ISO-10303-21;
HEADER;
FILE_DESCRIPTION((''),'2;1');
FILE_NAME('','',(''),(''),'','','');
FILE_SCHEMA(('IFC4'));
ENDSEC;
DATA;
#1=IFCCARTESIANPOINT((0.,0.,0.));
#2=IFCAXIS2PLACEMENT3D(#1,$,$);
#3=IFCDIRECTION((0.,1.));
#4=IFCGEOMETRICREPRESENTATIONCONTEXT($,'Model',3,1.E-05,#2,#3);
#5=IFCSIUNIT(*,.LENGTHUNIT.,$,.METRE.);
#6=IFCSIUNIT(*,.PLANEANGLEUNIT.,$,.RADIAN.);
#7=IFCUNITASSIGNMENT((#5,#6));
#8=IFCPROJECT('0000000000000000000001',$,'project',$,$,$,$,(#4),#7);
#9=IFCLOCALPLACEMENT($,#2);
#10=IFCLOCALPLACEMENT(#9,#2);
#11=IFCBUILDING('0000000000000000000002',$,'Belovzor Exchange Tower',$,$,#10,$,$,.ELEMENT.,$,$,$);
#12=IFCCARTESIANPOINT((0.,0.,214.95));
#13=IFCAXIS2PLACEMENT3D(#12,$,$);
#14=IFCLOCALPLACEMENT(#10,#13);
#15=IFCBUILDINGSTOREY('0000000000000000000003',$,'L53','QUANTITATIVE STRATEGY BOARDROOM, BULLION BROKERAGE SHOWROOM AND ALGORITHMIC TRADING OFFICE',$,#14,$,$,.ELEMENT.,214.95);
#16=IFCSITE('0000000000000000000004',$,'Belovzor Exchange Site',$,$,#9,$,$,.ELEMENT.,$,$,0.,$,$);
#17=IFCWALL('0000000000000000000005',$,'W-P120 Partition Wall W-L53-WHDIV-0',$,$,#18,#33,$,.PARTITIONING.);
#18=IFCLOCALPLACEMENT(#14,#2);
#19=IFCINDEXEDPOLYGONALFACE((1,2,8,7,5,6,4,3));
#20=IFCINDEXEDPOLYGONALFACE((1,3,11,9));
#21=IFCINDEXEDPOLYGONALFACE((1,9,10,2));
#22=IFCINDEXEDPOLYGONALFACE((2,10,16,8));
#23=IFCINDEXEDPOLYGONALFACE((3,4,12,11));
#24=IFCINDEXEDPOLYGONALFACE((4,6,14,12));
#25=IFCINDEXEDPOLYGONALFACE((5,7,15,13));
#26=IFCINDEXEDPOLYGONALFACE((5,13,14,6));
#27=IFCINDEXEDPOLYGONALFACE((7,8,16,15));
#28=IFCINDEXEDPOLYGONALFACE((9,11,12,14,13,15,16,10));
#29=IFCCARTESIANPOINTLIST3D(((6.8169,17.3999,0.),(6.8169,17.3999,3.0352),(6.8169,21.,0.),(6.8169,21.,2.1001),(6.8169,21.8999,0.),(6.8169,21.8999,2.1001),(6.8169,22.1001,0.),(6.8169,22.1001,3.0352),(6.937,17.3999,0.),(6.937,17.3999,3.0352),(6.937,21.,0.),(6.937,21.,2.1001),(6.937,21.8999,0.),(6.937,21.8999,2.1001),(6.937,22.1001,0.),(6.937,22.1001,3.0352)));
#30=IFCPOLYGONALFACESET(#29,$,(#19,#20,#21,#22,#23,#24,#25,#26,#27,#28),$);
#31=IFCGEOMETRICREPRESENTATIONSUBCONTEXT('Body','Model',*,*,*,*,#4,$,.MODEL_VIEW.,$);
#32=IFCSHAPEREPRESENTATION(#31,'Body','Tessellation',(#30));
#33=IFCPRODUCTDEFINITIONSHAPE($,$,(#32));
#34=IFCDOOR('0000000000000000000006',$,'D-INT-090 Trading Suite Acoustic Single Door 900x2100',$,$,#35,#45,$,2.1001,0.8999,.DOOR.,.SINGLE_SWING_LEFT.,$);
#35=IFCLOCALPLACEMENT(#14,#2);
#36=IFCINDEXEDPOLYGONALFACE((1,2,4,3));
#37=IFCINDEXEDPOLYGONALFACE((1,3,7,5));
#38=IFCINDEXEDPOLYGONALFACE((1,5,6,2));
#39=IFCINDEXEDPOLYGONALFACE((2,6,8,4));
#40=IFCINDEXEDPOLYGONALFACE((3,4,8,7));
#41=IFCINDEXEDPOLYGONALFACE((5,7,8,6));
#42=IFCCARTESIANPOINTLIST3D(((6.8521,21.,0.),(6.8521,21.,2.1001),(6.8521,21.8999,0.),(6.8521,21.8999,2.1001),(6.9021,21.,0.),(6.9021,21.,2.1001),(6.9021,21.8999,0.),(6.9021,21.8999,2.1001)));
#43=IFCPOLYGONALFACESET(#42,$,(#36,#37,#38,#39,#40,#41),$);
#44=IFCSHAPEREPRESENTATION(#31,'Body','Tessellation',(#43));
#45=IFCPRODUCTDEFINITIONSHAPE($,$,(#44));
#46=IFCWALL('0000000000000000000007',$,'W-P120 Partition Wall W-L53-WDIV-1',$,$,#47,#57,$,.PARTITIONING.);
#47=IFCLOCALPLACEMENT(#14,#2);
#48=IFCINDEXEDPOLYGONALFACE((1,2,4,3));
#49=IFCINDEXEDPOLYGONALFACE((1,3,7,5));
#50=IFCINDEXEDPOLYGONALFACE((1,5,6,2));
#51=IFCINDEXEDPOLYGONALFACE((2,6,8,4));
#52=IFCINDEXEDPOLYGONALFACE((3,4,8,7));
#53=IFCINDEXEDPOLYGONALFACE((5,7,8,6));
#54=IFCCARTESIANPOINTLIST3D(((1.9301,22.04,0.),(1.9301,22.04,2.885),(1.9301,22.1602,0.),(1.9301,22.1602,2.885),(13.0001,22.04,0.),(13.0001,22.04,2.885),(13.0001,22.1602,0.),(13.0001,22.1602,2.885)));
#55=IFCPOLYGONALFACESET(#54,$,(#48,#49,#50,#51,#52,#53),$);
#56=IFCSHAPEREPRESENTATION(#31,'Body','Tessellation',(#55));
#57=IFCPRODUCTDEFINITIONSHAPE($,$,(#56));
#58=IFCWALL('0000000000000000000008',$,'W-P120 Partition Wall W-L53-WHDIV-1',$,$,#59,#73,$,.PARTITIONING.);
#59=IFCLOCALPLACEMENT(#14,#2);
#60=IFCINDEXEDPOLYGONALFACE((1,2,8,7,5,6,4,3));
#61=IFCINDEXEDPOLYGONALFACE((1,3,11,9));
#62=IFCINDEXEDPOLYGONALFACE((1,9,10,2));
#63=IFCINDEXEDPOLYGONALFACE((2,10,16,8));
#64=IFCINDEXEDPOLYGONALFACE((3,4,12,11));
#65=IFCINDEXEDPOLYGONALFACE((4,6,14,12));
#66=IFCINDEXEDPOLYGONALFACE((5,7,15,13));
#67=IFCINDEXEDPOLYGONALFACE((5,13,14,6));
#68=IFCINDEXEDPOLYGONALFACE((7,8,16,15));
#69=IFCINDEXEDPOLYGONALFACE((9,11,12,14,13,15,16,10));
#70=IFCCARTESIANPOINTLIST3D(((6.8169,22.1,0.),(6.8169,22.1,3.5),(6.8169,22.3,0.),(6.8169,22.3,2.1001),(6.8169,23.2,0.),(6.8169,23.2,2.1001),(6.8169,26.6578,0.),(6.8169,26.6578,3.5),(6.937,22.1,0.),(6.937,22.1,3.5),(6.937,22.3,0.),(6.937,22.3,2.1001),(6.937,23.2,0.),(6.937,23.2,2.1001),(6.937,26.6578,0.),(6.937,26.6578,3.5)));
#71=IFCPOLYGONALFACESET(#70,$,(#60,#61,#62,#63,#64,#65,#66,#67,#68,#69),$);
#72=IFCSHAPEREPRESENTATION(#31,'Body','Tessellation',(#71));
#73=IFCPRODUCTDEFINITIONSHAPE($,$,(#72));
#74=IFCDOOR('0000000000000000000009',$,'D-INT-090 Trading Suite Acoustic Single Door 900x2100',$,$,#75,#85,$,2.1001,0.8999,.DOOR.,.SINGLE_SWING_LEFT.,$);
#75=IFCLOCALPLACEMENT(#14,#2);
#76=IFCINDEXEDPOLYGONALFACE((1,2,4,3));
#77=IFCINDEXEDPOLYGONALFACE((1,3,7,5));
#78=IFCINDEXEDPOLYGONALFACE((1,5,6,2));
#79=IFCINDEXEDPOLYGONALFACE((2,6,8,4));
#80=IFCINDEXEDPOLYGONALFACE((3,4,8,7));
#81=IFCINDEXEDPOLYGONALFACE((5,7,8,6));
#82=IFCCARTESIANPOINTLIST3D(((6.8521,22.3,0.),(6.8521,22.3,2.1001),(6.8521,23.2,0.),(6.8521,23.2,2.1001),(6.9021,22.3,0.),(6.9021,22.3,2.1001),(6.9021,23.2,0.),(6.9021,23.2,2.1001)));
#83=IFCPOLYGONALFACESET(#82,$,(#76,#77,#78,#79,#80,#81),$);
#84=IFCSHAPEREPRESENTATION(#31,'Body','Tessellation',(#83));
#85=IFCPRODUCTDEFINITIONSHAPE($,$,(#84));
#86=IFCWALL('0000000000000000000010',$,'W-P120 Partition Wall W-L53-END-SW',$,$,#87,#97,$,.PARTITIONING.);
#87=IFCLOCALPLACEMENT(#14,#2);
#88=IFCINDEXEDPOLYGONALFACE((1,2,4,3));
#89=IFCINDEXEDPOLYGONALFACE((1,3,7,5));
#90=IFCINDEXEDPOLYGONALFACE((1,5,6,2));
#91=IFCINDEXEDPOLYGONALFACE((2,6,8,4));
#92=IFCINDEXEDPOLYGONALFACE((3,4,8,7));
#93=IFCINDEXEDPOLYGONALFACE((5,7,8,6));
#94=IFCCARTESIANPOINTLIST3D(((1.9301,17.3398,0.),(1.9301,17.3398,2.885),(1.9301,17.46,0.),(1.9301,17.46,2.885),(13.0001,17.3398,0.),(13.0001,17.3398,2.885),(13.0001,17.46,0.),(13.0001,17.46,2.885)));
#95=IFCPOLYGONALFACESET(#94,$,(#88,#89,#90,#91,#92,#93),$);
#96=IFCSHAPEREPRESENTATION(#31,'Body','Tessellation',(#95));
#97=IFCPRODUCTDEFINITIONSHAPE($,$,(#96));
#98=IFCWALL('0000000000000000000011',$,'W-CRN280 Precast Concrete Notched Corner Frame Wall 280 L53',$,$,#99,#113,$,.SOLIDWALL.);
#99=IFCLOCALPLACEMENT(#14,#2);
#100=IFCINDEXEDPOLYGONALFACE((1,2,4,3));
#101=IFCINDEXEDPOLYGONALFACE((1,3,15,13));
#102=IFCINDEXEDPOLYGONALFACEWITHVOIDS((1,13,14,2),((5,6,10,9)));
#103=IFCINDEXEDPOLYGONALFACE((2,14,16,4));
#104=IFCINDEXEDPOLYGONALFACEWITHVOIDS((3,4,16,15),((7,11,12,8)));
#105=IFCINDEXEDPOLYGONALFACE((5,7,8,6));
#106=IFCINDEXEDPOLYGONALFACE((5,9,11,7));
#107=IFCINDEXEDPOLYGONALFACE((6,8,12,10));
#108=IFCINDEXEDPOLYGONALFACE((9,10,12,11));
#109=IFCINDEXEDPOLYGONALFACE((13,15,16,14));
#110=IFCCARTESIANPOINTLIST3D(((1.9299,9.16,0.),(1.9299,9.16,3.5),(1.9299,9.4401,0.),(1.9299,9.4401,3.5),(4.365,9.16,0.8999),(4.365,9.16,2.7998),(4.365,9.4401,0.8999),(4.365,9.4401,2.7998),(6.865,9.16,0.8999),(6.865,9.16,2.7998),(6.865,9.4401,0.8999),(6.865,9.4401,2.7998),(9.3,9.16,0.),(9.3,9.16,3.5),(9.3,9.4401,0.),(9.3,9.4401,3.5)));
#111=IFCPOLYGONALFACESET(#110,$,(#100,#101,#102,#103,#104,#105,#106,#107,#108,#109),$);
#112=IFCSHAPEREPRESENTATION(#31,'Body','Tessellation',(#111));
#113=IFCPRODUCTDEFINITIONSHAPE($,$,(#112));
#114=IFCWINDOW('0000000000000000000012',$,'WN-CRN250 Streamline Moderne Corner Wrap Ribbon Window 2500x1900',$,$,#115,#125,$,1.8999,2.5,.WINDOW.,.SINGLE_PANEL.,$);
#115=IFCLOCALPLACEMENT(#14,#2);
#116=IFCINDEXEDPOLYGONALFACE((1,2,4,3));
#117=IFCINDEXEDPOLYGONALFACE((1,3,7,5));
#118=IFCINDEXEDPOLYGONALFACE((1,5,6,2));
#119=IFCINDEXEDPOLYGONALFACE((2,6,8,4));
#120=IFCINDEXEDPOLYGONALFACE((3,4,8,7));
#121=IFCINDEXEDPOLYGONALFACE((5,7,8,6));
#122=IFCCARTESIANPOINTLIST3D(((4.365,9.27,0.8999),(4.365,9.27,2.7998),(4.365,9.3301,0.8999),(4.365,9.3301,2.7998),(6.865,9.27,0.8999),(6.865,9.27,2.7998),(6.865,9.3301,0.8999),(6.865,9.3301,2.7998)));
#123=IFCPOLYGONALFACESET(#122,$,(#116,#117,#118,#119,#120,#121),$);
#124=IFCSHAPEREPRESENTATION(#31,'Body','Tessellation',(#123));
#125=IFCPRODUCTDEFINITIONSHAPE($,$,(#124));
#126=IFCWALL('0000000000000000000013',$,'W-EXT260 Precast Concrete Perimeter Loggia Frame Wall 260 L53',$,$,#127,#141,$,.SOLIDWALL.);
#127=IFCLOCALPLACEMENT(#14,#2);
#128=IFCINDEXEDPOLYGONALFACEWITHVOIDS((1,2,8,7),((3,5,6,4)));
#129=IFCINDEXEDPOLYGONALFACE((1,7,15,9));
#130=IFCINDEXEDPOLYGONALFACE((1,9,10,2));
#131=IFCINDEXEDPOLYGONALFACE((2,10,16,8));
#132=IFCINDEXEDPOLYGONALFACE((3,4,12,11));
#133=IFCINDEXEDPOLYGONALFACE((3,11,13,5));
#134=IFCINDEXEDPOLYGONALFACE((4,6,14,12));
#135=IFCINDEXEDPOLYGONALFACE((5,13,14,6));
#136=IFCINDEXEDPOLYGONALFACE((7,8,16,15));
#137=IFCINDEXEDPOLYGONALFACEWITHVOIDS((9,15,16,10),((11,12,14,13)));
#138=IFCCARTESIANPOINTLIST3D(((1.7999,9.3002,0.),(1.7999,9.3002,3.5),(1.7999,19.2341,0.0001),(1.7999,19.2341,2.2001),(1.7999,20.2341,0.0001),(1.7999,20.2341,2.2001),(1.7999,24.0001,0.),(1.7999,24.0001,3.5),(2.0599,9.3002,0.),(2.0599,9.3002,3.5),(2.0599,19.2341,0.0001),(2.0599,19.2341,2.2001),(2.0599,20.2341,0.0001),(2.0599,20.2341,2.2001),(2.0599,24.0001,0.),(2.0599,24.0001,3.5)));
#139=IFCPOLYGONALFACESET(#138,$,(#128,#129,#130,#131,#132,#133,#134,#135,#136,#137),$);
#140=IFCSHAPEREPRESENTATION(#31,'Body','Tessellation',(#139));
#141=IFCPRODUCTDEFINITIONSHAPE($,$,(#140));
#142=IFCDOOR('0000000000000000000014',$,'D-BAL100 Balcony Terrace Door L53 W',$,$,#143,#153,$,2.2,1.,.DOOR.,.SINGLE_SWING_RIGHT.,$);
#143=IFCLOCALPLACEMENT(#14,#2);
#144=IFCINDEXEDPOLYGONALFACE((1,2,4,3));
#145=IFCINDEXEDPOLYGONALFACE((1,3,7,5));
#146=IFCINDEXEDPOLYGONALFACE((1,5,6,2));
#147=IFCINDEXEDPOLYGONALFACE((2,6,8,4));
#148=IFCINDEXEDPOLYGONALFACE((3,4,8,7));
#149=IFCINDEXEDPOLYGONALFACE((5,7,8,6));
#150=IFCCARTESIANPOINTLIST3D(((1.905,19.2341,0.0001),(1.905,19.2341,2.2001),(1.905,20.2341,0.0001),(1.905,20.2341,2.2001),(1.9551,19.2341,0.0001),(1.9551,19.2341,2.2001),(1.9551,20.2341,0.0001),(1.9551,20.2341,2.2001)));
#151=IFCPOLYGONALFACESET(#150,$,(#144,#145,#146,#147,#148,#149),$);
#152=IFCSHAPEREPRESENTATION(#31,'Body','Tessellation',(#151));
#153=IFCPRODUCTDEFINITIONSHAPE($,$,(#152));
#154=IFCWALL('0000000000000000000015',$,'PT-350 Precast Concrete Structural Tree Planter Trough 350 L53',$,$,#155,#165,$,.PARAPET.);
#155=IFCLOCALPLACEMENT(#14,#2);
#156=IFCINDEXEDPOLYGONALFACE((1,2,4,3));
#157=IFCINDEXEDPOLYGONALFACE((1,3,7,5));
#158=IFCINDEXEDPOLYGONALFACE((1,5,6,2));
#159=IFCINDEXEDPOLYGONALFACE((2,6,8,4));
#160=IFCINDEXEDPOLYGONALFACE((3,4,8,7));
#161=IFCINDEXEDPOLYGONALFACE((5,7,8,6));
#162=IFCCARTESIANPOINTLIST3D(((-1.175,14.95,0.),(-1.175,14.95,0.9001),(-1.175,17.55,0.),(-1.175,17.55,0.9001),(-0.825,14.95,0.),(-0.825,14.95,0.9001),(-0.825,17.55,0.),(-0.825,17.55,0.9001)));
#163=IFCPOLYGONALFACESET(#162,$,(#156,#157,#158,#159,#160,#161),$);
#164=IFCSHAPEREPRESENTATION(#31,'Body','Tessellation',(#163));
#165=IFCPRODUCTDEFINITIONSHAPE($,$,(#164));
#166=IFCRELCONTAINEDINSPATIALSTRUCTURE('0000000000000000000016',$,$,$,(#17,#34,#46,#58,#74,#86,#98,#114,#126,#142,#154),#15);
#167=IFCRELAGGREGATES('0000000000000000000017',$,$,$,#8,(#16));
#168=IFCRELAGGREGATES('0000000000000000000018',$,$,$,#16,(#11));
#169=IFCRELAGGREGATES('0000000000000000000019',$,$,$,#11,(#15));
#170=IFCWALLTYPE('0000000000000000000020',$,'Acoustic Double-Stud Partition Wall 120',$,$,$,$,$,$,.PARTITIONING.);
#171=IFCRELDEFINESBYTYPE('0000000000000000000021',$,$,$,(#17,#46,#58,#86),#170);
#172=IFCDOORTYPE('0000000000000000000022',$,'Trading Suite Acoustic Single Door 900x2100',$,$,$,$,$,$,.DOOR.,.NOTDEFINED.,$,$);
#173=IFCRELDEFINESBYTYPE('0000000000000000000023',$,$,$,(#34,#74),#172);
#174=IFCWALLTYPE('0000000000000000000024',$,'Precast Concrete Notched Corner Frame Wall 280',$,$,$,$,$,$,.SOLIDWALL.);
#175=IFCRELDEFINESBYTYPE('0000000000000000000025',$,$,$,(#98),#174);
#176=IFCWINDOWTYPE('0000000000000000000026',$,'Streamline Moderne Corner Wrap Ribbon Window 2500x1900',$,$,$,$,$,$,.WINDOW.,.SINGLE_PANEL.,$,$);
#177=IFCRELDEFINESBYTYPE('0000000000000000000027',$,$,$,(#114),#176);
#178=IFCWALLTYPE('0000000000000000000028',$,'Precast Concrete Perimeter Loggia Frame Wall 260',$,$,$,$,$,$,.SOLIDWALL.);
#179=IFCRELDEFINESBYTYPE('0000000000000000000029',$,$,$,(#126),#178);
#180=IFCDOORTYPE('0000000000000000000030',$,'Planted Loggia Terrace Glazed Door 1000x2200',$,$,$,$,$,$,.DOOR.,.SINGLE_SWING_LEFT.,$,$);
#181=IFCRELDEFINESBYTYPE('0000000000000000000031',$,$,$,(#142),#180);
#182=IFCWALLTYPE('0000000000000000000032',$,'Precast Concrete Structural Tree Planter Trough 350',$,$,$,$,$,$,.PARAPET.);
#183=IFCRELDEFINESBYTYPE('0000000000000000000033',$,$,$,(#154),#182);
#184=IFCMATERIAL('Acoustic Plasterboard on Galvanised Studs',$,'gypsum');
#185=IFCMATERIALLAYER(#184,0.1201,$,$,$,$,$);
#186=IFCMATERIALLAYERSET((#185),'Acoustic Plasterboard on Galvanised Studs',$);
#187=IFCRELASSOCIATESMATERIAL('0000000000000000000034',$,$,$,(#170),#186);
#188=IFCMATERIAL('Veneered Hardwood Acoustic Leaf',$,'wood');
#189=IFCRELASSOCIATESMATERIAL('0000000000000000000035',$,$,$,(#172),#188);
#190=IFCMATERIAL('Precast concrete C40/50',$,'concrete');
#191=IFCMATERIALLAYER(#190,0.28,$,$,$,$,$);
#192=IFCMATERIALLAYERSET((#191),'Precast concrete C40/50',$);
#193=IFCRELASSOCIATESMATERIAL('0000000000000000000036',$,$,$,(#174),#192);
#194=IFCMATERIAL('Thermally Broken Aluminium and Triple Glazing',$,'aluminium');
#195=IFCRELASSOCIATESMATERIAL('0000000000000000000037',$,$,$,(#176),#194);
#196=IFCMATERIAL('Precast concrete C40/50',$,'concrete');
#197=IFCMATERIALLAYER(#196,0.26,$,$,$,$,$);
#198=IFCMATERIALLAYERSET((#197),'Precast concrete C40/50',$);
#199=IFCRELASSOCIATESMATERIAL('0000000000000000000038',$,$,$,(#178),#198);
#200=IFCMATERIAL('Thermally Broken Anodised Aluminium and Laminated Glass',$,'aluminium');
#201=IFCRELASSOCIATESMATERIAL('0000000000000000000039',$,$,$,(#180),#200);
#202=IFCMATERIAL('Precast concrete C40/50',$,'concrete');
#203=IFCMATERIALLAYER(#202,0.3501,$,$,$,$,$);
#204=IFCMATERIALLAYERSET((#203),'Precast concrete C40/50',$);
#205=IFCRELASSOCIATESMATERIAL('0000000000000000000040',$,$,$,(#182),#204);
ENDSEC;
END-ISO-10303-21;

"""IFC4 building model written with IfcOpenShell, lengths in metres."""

from ifc_helpers import new_model, si_unit, direction, frame, frame_2d, origin, place, context, subcontext, project, spatial, rectangle, extrude, material, layer, layer_set, type_object, element, fill, save


model = new_model("IFC4")

# Units and contexts
model_context = context("Model", 3, precision=1e-05, world=origin(), true_north=direction((0.0, 1.0)))
body_context = subcontext(model_context, "Body", "Model", "MODEL_VIEW")
ifc_project = project(units=[si_unit("LENGTHUNIT", "METRE"), si_unit("PLANEANGLEUNIT", "RADIAN")], contexts=[model_context])

# Site, building, storey
site_placement = place(None, origin())
site = spatial("IfcSite", under=ifc_project, at=site_placement, Name="Belovzor Exchange Site", CompositionType="ELEMENT", RefElevation=0.0)
building_placement = place(site_placement, origin())
building = spatial("IfcBuilding", under=site, at=building_placement, Name="Belovzor Exchange Tower", CompositionType="ELEMENT")
storey_placement = place(building_placement, frame((0.0, 0.0, 214.95)))
storey = spatial("IfcBuildingStorey", under=building, at=storey_placement, Name="L53", Description="QUANTITATIVE STRATEGY BOARDROOM, BULLION BROKERAGE SHOWROOM AND ALGORITHMIC TRADING OFFICE", CompositionType="ELEMENT", Elevation=214.95)

# Wall, opening, door
ifc_material_1 = material(Name="Acoustic Plasterboard on Galvanised Studs", Category="gypsum")
ifc_layer_1 = layer(ifc_material_1, 0.1201)
ifc_layer_set_1 = layer_set([ifc_layer_1], Name="Acoustic Plasterboard on Galvanised Studs")
wall_type_1 = type_object("IfcWallType", Name="Acoustic Double-Stud Partition Wall 120", PredefinedType="PARTITIONING", material=ifc_layer_set_1)
wall_1_placement = place(storey_placement, frame((6.877, 17.3999, 0.0), z_axis=(0.0, 0.0, 1.0), x_axis=(0.0, 1.0, 0.0)))
wall_1 = element("IfcWall", 1, at=wall_1_placement, inside=storey, type_object=wall_type_1, Name="W-P120 Partition Wall W-L53-WHDIV-0", PredefinedType="PARTITIONING", context=body_context, shape_type="SweptSolid", body=[
    extrude(rectangle(XDim=4.7002, YDim=0.1201, at=frame_2d((2.3501, 0.0))), origin(), (0.0, 0.0, 1.0), 3.0352),
])
opening_1_placement = place(wall_1_placement, frame((3.6001, 0.0, 0.0)))
opening_1 = element("IfcOpeningElement", 2, at=opening_1_placement, cuts=wall_1, PredefinedType="OPENING", context=body_context, shape_type="SweptSolid", body=[
    extrude(rectangle(XDim=0.8999, YDim=2.1001, at=frame_2d((0.45, 1.05))), frame((0.0, 0.0701, 0.0), z_axis=(0.0, -1.0, 0.0), x_axis=(1.0, 0.0, 0.0)), (0.0, 0.0, 1.0), 0.1401),
])
ifc_material_2 = material(Name="Veneered Hardwood Acoustic Leaf", Category="wood")
door_type_1 = type_object("IfcDoorType", Name="Trading Suite Acoustic Single Door 900x2100", OperationType="NOTDEFINED", PredefinedType="DOOR", material=ifc_material_2)
door_1_placement = place(opening_1_placement, origin())
door_1 = element("IfcDoor", 3, at=door_1_placement, inside=storey, type_object=door_type_1, Name="D-INT-090 Trading Suite Acoustic Single Door 900x2100", OperationType="SINGLE_SWING_LEFT", OverallHeight=2.1001, OverallWidth=0.8999, PredefinedType="DOOR", context=body_context, shape_type="SweptSolid", body=[
    extrude(rectangle(XDim=0.8999, YDim=2.1001, at=frame_2d((0.45, 1.05))), frame((0.0, 0.0249, 0.0), z_axis=(0.0, -1.0, 0.0), x_axis=(1.0, 0.0, 0.0)), (0.0, 0.0, 1.0), 0.05),
])
fill(opening_1, door_1)

# Wall
wall_2_placement = place(storey_placement, frame((1.9299, 22.1001, 0.0), z_axis=(0.0, 0.0, 1.0), x_axis=(1.0, 0.0, 0.0)))
element("IfcWall", 4, at=wall_2_placement, inside=storey, type_object=wall_type_1, Name="W-P120 Partition Wall W-L53-WDIV-1", PredefinedType="PARTITIONING", context=body_context, shape_type="SweptSolid", body=[
    extrude(rectangle(XDim=11.0701, YDim=0.1201, at=frame_2d((5.5352, 0.0))), origin(), (0.0, 0.0, 1.0), 2.885),
])

# Wall, opening, door
wall_3_placement = place(storey_placement, frame((6.877, 22.1001, 0.0), z_axis=(0.0, 0.0, 1.0), x_axis=(0.0, 1.0, 0.0)))
wall_3 = element("IfcWall", 5, at=wall_3_placement, inside=storey, type_object=wall_type_1, Name="W-P120 Partition Wall W-L53-WHDIV-1", PredefinedType="PARTITIONING", context=body_context, shape_type="SweptSolid", body=[
    extrude(rectangle(XDim=4.5579, YDim=0.1201, at=frame_2d((2.2788, 0.0))), origin(), (0.0, 0.0, 1.0), 3.5),
])
opening_2_placement = place(wall_3_placement, frame((0.2, 0.0, 0.0)))
opening_2 = element("IfcOpeningElement", 6, at=opening_2_placement, cuts=wall_3, PredefinedType="OPENING", context=body_context, shape_type="SweptSolid", body=[
    extrude(rectangle(XDim=0.8999, YDim=2.1001, at=frame_2d((0.45, 1.05))), frame((0.0, 0.0701, 0.0), z_axis=(0.0, -1.0, 0.0), x_axis=(1.0, 0.0, 0.0)), (0.0, 0.0, 1.0), 0.1401),
])
door_2_placement = place(opening_2_placement, origin())
door_2 = element("IfcDoor", 7, at=door_2_placement, inside=storey, type_object=door_type_1, Name="D-INT-090 Trading Suite Acoustic Single Door 900x2100", OperationType="SINGLE_SWING_LEFT", OverallHeight=2.1001, OverallWidth=0.8999, PredefinedType="DOOR", context=body_context, shape_type="SweptSolid", body=[
    extrude(rectangle(XDim=0.8999, YDim=2.1001, at=frame_2d((0.45, 1.05))), frame((0.0, 0.0249, 0.0), z_axis=(0.0, -1.0, 0.0), x_axis=(1.0, 0.0, 0.0)), (0.0, 0.0, 1.0), 0.05),
])
fill(opening_2, door_2)

# Wall
wall_4_placement = place(storey_placement, frame((1.9299, 17.3999, 0.0), z_axis=(0.0, 0.0, 1.0), x_axis=(1.0, 0.0, 0.0)))
element("IfcWall", 8, at=wall_4_placement, inside=storey, type_object=wall_type_1, Name="W-P120 Partition Wall W-L53-END-SW", PredefinedType="PARTITIONING", context=body_context, shape_type="SweptSolid", body=[
    extrude(rectangle(XDim=11.0701, YDim=0.1201, at=frame_2d((5.5352, 0.0))), origin(), (0.0, 0.0, 1.0), 2.885),
])

# Wall, opening, window
ifc_material_3 = material(Name="Precast concrete C40/50", Category="concrete")
ifc_layer_2 = layer(ifc_material_3, 0.28)
ifc_layer_set_2 = layer_set([ifc_layer_2], Name="Precast concrete C40/50")
wall_type_2 = type_object("IfcWallType", Name="Precast Concrete Notched Corner Frame Wall 280", PredefinedType="SOLIDWALL", material=ifc_layer_set_2)
wall_5_placement = place(storey_placement, frame((9.3, 9.3, 0.0), z_axis=(0.0, 0.0, 1.0), x_axis=(-1.0, 0.0, 0.0)))
wall_5 = element("IfcWall", 9, at=wall_5_placement, inside=storey, type_object=wall_type_2, Name="W-CRN280 Precast Concrete Notched Corner Frame Wall 280 L53", PredefinedType="SOLIDWALL", context=body_context, shape_type="SweptSolid", body=[
    extrude(rectangle(XDim=7.3701, YDim=0.28, at=frame_2d((3.6851, 0.0))), origin(), (0.0, 0.0, 1.0), 3.5),
])
opening_3_placement = place(wall_5_placement, frame((2.4351, 0.0, 0.8999)))
opening_3 = element("IfcOpeningElement", 10, at=opening_3_placement, cuts=wall_5, PredefinedType="OPENING", context=body_context, shape_type="SweptSolid", body=[
    extrude(rectangle(XDim=2.5, YDim=1.8999, at=frame_2d((1.25, 0.95))), frame((0.0, 0.1499, 0.0), z_axis=(0.0, -1.0, 0.0), x_axis=(1.0, 0.0, 0.0)), (0.0, 0.0, 1.0), 0.3),
])
ifc_material_4 = material(Name="Thermally Broken Aluminium and Triple Glazing", Category="aluminium")
window_type = type_object("IfcWindowType", Name="Streamline Moderne Corner Wrap Ribbon Window 2500x1900", PartitioningType="SINGLE_PANEL", PredefinedType="WINDOW", material=ifc_material_4)
window_placement = place(opening_3_placement, origin())
window = element("IfcWindow", 11, at=window_placement, inside=storey, type_object=window_type, Name="WN-CRN250 Streamline Moderne Corner Wrap Ribbon Window 2500x1900", OverallHeight=1.8999, OverallWidth=2.5, PartitioningType="SINGLE_PANEL", PredefinedType="WINDOW", context=body_context, shape_type="SweptSolid", body=[
    extrude(rectangle(XDim=2.5, YDim=1.8999, at=frame_2d((1.25, 0.95))), frame((0.0, 0.03, 0.0), z_axis=(0.0, -1.0, 0.0), x_axis=(1.0, 0.0, 0.0)), (0.0, 0.0, 1.0), 0.0601),
])
fill(opening_3, window)

# Wall, opening, door
ifc_material_5 = material(Name="Precast concrete C40/50", Category="concrete")
ifc_layer_3 = layer(ifc_material_5, 0.26)
ifc_layer_set_3 = layer_set([ifc_layer_3], Name="Precast concrete C40/50")
wall_type_3 = type_object("IfcWallType", Name="Precast Concrete Perimeter Loggia Frame Wall 260", PredefinedType="SOLIDWALL", material=ifc_layer_set_3)
wall_6_placement = place(storey_placement, frame((1.9299, 9.3, 0.0), z_axis=(0.0, 0.0, 1.0), x_axis=(0.0, 1.0, 0.0)))
wall_6 = element("IfcWall", 12, at=wall_6_placement, inside=storey, type_object=wall_type_3, Name="W-EXT260 Precast Concrete Perimeter Loggia Frame Wall 260 L53", PredefinedType="SOLIDWALL", context=body_context, shape_type="SweptSolid", body=[
    extrude(rectangle(XDim=14.7, YDim=0.26, at=frame_2d((7.3501, 0.0))), origin(), (0.0, 0.0, 1.0), 3.5),
])
opening_4_placement = place(wall_6_placement, frame((9.9341, 0.0, 0.0)))
opening_4 = element("IfcOpeningElement", 13, at=opening_4_placement, cuts=wall_6, PredefinedType="OPENING", context=body_context, shape_type="SweptSolid", body=[
    extrude(rectangle(XDim=1.0, YDim=2.2, at=frame_2d((0.5, 1.1001))), frame((0.0, 0.1399, 0.0), z_axis=(0.0, -1.0, 0.0), x_axis=(1.0, 0.0, 0.0)), (0.0, 0.0, 1.0), 0.28),
])
ifc_material_6 = material(Name="Thermally Broken Anodised Aluminium and Laminated Glass", Category="aluminium")
door_type_2 = type_object("IfcDoorType", Name="Planted Loggia Terrace Glazed Door 1000x2200", OperationType="SINGLE_SWING_LEFT", PredefinedType="DOOR", material=ifc_material_6)
door_3_placement = place(opening_4_placement, origin())
door_3 = element("IfcDoor", 14, at=door_3_placement, inside=storey, type_object=door_type_2, Name="D-BAL100 Balcony Terrace Door L53 W", OperationType="SINGLE_SWING_RIGHT", OverallHeight=2.2, OverallWidth=1.0, PredefinedType="DOOR", context=body_context, shape_type="SweptSolid", body=[
    extrude(rectangle(XDim=1.0, YDim=2.2, at=frame_2d((0.5, 1.1001))), frame((0.0, 0.0249, 0.0), z_axis=(0.0, -1.0, 0.0), x_axis=(1.0, 0.0, 0.0)), (0.0, 0.0, 1.0), 0.05),
])
fill(opening_4, door_3)

# Wall
ifc_material_7 = material(Name="Precast concrete C40/50", Category="concrete")
ifc_layer_4 = layer(ifc_material_7, 0.3501)
ifc_layer_set_4 = layer_set([ifc_layer_4], Name="Precast concrete C40/50")
wall_type_4 = type_object("IfcWallType", Name="Precast Concrete Structural Tree Planter Trough 350", PredefinedType="PARAPET", material=ifc_layer_set_4)
wall_7_placement = place(storey_placement, frame((-1.0, 14.95, 0.0), z_axis=(0.0, 0.0, 1.0), x_axis=(0.0, 1.0, 0.0)))
element("IfcWall", 15, at=wall_7_placement, inside=storey, type_object=wall_type_4, Name="PT-350 Precast Concrete Structural Tree Planter Trough 350 L53", PredefinedType="PARAPET", context=body_context, shape_type="SweptSolid", body=[
    extrude(rectangle(XDim=2.6001, YDim=0.3501, at=frame_2d((1.3, 0.0))), origin(), (0.0, 0.0, 1.0), 0.9001),
])

save(model, "model.ifc")
